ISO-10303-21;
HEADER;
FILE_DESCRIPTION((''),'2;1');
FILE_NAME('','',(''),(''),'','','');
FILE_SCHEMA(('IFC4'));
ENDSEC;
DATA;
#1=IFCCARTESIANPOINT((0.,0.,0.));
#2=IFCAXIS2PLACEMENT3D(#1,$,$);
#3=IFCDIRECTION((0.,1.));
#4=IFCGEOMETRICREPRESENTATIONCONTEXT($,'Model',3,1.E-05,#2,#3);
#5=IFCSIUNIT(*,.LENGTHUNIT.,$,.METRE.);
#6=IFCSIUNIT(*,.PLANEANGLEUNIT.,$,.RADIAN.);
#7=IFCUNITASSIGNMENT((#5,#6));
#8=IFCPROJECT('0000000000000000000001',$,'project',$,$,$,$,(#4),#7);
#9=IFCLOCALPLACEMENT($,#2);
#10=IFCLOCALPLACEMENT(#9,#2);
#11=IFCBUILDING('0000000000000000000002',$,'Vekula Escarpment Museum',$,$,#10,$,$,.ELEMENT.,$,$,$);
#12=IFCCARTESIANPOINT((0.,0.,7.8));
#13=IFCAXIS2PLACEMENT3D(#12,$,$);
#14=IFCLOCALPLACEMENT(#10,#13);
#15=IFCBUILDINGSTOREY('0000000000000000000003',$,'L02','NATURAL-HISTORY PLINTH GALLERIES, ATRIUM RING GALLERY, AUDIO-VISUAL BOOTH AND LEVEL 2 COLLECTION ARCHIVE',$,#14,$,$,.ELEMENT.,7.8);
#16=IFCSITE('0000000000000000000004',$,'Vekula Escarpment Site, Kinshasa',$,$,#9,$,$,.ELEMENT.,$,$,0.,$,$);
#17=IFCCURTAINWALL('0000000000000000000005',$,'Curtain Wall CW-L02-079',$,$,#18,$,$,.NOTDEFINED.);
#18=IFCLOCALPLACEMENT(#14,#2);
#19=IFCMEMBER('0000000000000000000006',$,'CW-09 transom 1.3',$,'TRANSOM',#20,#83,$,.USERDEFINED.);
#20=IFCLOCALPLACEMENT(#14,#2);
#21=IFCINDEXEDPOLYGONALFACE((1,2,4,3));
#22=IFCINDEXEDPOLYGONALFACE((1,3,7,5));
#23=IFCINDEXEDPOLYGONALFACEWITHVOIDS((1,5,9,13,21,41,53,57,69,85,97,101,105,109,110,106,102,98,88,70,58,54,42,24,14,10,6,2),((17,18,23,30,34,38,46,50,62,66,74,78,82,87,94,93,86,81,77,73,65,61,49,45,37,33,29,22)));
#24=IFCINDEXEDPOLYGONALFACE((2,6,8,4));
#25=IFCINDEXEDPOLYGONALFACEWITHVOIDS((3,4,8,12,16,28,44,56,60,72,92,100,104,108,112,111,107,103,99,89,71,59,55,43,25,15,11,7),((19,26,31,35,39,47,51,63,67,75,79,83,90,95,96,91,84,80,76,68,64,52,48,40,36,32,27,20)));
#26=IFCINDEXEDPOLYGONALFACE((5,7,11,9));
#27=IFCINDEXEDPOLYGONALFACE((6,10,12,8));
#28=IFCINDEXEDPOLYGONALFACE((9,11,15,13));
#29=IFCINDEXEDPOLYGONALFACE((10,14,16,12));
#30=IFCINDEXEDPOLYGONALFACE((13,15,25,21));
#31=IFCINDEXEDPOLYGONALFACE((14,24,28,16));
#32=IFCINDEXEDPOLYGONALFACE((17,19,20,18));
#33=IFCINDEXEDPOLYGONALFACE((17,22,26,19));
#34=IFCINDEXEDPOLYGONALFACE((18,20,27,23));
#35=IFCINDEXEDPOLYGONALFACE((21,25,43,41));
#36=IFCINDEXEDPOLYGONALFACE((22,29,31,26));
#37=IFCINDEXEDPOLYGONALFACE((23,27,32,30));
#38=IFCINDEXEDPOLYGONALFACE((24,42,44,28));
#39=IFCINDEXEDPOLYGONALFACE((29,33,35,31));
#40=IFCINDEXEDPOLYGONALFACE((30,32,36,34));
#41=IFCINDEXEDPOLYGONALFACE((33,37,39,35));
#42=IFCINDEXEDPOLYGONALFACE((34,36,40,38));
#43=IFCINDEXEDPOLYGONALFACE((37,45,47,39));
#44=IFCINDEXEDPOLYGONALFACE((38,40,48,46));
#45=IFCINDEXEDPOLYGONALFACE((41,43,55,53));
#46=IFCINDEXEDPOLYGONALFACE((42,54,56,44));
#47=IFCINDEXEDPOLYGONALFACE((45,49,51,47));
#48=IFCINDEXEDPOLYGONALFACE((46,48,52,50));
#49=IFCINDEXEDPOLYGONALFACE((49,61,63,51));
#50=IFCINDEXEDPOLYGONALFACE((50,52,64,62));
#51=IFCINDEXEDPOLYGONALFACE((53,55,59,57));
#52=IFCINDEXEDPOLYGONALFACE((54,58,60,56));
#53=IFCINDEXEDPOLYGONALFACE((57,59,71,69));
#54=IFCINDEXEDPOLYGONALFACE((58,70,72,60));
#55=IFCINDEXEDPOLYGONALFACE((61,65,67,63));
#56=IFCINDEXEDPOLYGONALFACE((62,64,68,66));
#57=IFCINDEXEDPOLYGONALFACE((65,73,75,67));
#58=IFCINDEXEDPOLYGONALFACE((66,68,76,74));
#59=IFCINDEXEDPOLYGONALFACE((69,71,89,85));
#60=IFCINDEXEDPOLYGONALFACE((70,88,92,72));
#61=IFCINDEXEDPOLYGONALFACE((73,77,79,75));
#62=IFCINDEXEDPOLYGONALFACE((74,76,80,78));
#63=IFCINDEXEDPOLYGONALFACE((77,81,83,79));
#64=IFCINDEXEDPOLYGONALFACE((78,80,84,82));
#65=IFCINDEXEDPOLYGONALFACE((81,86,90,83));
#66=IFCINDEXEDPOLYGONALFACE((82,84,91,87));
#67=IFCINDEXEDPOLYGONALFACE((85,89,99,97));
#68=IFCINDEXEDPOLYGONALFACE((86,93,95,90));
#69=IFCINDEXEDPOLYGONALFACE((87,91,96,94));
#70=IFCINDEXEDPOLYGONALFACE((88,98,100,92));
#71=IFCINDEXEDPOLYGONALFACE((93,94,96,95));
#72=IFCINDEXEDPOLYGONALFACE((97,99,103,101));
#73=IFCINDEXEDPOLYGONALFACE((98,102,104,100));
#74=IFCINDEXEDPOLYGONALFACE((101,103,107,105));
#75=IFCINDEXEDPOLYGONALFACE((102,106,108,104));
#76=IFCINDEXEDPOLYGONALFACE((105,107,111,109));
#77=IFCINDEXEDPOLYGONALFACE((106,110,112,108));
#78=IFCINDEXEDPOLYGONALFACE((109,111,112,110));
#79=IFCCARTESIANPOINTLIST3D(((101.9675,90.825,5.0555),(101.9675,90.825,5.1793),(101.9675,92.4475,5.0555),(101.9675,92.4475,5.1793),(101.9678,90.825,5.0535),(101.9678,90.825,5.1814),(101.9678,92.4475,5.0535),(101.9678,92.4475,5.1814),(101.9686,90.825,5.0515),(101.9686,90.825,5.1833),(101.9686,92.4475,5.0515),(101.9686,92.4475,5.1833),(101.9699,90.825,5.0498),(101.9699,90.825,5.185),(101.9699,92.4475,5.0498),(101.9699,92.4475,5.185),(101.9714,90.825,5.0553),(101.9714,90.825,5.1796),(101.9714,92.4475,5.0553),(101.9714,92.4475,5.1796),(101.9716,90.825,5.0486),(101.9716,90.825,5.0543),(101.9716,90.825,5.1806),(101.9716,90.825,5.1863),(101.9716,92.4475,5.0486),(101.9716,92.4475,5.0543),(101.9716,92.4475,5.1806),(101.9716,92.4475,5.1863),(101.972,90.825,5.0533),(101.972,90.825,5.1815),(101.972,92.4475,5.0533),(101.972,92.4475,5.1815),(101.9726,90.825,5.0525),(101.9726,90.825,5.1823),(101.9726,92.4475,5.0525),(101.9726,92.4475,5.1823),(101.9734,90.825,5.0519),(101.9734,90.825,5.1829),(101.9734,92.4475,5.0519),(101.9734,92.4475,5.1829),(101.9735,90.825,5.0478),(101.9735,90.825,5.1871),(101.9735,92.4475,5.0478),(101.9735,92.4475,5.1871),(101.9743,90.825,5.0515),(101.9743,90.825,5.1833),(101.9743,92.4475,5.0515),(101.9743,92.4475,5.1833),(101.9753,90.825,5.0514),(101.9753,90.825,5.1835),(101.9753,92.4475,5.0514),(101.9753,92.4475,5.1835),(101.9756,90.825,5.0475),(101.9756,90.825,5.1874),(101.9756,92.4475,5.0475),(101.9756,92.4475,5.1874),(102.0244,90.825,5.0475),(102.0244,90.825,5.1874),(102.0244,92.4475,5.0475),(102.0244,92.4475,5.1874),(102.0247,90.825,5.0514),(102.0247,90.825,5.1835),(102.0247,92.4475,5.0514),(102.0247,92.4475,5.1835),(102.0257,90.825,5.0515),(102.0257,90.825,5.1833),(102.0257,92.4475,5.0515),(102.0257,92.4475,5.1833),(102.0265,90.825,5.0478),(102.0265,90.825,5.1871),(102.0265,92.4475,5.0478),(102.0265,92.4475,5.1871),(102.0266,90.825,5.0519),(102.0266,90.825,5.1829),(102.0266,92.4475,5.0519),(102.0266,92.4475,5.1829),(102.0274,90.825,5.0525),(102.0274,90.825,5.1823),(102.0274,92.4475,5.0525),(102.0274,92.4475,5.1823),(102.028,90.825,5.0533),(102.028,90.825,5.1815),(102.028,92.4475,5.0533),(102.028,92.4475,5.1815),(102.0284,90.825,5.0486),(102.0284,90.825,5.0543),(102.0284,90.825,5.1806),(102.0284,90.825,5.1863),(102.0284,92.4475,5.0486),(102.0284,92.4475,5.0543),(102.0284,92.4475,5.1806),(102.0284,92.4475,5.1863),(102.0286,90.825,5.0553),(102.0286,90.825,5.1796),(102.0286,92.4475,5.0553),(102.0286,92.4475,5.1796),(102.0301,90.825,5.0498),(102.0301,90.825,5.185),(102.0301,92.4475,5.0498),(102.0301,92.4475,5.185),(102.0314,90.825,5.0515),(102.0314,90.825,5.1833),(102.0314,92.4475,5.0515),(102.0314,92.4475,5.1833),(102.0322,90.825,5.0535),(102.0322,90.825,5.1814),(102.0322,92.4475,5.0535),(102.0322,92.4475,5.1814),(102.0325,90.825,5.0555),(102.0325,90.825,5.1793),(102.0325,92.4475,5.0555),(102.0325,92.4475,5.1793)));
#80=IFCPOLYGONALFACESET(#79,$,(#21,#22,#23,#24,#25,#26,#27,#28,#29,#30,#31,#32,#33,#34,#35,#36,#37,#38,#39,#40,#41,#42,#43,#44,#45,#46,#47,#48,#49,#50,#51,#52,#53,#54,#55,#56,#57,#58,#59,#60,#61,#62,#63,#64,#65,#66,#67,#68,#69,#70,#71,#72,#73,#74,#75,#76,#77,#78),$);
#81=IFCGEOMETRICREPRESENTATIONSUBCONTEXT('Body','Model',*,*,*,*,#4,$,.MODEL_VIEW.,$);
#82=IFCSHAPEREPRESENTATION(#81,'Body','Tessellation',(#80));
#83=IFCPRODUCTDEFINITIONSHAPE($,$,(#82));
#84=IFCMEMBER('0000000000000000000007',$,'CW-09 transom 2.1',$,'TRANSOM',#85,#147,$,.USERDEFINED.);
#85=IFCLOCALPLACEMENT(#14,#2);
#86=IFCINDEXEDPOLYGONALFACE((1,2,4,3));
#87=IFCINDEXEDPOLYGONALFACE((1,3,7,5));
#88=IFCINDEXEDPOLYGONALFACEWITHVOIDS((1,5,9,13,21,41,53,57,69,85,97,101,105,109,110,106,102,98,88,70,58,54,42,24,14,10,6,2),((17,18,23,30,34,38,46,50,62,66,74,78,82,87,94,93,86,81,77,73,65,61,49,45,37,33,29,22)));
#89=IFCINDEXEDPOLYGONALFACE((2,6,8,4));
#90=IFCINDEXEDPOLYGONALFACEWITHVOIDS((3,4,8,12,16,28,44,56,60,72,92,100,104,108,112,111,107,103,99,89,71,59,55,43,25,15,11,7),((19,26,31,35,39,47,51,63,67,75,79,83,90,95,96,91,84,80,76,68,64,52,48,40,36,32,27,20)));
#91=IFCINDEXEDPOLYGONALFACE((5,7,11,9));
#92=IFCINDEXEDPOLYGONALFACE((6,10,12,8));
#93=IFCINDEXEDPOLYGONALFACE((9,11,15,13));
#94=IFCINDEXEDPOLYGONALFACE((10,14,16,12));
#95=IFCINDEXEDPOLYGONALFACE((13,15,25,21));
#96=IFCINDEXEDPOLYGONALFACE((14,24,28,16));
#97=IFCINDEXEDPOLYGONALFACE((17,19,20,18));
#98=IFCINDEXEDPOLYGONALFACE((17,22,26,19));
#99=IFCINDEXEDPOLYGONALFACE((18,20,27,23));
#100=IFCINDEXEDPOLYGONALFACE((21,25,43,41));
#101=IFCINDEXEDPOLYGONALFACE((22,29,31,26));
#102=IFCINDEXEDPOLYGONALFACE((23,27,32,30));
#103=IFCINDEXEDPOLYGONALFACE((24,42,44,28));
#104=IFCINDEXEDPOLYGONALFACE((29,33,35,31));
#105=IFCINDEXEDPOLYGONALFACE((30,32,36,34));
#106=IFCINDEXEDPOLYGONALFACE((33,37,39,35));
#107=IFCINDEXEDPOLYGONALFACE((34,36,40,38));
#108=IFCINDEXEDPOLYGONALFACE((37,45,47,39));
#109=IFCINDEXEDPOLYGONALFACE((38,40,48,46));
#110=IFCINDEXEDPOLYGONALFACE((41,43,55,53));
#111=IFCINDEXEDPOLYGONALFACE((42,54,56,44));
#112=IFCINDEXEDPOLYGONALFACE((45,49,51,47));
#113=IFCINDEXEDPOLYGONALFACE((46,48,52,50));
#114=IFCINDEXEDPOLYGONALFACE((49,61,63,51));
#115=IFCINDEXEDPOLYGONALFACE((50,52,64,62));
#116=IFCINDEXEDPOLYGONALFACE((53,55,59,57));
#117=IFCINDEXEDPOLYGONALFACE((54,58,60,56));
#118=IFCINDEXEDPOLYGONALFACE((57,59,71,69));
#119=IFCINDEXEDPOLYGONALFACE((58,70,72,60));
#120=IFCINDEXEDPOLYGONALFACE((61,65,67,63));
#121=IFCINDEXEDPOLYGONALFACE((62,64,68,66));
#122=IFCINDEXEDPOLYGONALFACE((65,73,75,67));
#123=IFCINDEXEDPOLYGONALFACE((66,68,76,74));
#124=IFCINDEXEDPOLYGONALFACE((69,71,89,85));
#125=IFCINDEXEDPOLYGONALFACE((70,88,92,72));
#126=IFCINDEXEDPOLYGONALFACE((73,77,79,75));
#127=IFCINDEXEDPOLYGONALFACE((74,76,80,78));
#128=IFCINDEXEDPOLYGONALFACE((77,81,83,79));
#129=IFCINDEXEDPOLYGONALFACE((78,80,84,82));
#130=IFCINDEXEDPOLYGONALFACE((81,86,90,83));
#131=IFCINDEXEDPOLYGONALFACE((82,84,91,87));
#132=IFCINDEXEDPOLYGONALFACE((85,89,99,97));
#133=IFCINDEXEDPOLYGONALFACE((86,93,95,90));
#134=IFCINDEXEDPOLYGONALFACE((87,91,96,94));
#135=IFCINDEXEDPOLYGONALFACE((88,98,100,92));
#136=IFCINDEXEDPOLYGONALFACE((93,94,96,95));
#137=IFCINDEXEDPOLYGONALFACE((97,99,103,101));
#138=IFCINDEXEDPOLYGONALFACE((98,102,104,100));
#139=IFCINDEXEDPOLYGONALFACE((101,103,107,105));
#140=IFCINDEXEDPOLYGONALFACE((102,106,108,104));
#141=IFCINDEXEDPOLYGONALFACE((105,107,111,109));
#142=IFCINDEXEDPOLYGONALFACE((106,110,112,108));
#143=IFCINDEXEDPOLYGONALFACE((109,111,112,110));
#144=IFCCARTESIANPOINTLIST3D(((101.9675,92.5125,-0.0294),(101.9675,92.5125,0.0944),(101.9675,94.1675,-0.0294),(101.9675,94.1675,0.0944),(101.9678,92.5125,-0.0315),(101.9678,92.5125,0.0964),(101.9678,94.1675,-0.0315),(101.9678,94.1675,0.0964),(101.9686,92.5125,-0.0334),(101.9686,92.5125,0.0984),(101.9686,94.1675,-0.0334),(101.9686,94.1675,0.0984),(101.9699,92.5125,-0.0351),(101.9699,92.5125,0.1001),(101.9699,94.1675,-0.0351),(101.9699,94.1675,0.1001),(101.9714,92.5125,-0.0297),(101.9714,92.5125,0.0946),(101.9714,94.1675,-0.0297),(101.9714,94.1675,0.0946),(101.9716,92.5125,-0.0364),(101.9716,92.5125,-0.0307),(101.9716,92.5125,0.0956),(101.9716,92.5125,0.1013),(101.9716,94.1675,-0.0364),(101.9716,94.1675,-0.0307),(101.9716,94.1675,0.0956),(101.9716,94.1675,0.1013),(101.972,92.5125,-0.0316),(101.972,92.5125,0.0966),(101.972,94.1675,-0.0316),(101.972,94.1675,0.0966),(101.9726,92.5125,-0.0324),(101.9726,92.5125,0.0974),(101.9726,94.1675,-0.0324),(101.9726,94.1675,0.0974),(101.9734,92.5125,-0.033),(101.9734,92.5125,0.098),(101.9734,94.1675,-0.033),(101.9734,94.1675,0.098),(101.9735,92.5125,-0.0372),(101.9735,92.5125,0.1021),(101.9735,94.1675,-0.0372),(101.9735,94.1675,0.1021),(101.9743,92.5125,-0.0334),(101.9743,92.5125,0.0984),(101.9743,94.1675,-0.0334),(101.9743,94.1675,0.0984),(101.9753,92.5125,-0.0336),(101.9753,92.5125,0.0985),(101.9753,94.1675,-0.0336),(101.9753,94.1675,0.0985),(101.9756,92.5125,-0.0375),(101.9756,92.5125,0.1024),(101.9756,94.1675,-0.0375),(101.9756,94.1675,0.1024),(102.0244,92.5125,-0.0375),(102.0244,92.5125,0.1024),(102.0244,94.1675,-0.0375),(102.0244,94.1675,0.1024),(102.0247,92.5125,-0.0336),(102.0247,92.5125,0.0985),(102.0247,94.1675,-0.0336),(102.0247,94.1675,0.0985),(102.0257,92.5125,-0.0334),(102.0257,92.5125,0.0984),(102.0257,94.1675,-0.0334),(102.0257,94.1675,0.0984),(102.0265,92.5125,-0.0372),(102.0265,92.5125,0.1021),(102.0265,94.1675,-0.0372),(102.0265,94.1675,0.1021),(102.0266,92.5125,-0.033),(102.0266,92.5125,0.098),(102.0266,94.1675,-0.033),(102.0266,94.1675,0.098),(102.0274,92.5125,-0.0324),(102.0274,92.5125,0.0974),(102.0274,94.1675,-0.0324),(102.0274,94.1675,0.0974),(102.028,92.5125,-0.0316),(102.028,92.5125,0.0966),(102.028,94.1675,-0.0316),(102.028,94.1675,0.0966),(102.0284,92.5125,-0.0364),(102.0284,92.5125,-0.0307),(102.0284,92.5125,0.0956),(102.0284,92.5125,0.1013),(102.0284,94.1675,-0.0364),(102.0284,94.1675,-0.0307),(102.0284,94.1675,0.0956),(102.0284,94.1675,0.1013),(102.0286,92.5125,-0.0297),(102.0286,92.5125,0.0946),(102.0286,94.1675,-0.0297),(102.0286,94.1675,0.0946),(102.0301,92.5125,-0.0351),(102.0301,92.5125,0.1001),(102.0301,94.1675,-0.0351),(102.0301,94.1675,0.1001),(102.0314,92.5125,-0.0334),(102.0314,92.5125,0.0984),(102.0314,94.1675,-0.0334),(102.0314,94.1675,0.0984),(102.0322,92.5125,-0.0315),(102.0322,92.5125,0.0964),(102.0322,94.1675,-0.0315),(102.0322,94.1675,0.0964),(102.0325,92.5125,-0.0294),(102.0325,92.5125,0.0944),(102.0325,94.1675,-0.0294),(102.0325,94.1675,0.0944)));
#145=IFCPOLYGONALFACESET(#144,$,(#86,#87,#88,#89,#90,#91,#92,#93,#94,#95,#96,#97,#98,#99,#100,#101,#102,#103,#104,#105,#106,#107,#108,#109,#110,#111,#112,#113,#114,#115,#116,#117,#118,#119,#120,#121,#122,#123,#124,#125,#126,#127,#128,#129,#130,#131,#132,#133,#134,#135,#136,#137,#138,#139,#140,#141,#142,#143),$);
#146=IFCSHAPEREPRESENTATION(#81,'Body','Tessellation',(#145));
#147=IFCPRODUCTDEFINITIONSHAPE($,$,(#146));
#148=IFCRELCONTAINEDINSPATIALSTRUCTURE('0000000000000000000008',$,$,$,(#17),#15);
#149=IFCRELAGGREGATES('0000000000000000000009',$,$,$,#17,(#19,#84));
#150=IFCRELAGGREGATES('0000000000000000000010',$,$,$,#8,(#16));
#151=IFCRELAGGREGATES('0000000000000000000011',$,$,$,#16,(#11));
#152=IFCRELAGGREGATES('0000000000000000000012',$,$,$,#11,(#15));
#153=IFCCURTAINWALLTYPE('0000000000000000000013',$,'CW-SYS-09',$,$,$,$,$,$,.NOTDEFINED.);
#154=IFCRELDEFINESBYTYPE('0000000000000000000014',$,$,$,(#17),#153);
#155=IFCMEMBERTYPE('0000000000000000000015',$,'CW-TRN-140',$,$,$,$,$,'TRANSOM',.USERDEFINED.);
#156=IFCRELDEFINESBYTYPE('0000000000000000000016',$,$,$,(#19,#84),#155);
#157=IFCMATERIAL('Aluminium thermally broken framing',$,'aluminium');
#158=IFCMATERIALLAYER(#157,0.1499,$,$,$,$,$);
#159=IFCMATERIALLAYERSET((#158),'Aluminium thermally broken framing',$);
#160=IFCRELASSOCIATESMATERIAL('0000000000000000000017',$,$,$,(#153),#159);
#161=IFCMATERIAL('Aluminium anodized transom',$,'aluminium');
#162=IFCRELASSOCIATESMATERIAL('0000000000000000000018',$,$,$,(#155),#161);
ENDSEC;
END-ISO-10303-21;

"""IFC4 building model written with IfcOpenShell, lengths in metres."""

from ifc_helpers import new_model, si_unit, direction, frame, origin, origin_2d, place, context, subcontext, project, spatial, hollow_rectangle, extrude, material, layer, layer_set, material_profile, profile_set, type_object, element, aggregate, save


model = new_model("IFC4")

# Units and contexts
model_context = context("Model", 3, precision=1e-05, world=origin(), true_north=direction((0.0, 1.0)))
body_context = subcontext(model_context, "Body", "Model", "MODEL_VIEW")
ifc_project = project(units=[si_unit("LENGTHUNIT", "METRE"), si_unit("PLANEANGLEUNIT", "RADIAN")], contexts=[model_context])

# Site, building, storey
site_placement = place(None, origin())
site = spatial("IfcSite", under=ifc_project, at=site_placement, Name="Vekula Escarpment Site, Kinshasa", CompositionType="ELEMENT", RefElevation=0.0)
building_placement = place(site_placement, origin())
building = spatial("IfcBuilding", under=site, at=building_placement, Name="Vekula Escarpment Museum", CompositionType="ELEMENT")
storey_placement = place(building_placement, frame((0.0, 0.0, 7.8)))
storey = spatial("IfcBuildingStorey", under=building, at=storey_placement, Name="L02", Description="NATURAL-HISTORY PLINTH GALLERIES, ATRIUM RING GALLERY, AUDIO-VISUAL BOOTH AND LEVEL 2 COLLECTION ARCHIVE", CompositionType="ELEMENT", Elevation=7.8)

# Curtain wall
ifc_material_1 = material(Name="Aluminium thermally broken framing", Category="aluminium")
ifc_layer_1 = layer(ifc_material_1, 0.1499)
ifc_layer_set_1 = layer_set([ifc_layer_1], Name="Aluminium thermally broken framing")
curtain_wall_type_1 = type_object("IfcCurtainWallType", Name="CW-SYS-09", PredefinedType="NOTDEFINED", material=ifc_layer_set_1)
curtain_wall_1_placement = place(storey_placement, origin())
curtain_wall_1 = element("IfcCurtainWall", 1, at=curtain_wall_1_placement, inside=storey, type_object=curtain_wall_type_1, Name="Curtain Wall CW-L02-079", PredefinedType="NOTDEFINED")

# Members
ifc_material_2 = material(Name="Aluminium anodized transom", Category="aluminium")
ifc_material_profile_1 = material_profile(ifc_material_2, hollow_rectangle(XDim=0.0649, YDim=0.1399, WallThickness=0.0039, InnerFilletRadius=0.0039, OuterFilletRadius=0.0081, at=origin_2d()), Name="ALU 140x65x4")
ifc_profile_set_1 = profile_set([ifc_material_profile_1], Name="Aluminium anodized transom")
member_type_1 = type_object("IfcMemberType", Name="CW-TRN-140", ElementType="TRANSOM", PredefinedType="USERDEFINED", material=ifc_profile_set_1)
member_1_placement = place(storey_placement, frame((102.0, 90.825, 5.1174), z_axis=(0.0, 1.0, 0.0), x_axis=(-1.0, 0.0, 0.0)))
member_1 = element("IfcMember", 2, at=member_1_placement, type_object=member_type_1, Name="CW-09 transom 1.3", ObjectType="TRANSOM", PredefinedType="USERDEFINED", context=body_context, shape_type="SweptSolid", body=[
    extrude(hollow_rectangle(XDim=0.0649, YDim=0.1399, WallThickness=0.0039, InnerFilletRadius=0.0039, OuterFilletRadius=0.0081, at=origin_2d()), origin(), (0.0, 0.0, 1.0), 1.6226),
])
member_2_placement = place(storey_placement, frame((102.0, 92.5125, 0.0325), z_axis=(0.0, 1.0, 0.0), x_axis=(-1.0, 0.0, 0.0)))
member_2 = element("IfcMember", 3, at=member_2_placement, type_object=member_type_1, Name="CW-09 transom 2.1", ObjectType="TRANSOM", PredefinedType="USERDEFINED", context=body_context, shape_type="SweptSolid", body=[
    extrude(hollow_rectangle(XDim=0.0649, YDim=0.1399, WallThickness=0.0039, InnerFilletRadius=0.0039, OuterFilletRadius=0.0081, at=origin_2d()), origin(), (0.0, 0.0, 1.0), 1.655),
])

aggregate(curtain_wall_1, [member_1, member_2])

save(model, "model.ifc")
